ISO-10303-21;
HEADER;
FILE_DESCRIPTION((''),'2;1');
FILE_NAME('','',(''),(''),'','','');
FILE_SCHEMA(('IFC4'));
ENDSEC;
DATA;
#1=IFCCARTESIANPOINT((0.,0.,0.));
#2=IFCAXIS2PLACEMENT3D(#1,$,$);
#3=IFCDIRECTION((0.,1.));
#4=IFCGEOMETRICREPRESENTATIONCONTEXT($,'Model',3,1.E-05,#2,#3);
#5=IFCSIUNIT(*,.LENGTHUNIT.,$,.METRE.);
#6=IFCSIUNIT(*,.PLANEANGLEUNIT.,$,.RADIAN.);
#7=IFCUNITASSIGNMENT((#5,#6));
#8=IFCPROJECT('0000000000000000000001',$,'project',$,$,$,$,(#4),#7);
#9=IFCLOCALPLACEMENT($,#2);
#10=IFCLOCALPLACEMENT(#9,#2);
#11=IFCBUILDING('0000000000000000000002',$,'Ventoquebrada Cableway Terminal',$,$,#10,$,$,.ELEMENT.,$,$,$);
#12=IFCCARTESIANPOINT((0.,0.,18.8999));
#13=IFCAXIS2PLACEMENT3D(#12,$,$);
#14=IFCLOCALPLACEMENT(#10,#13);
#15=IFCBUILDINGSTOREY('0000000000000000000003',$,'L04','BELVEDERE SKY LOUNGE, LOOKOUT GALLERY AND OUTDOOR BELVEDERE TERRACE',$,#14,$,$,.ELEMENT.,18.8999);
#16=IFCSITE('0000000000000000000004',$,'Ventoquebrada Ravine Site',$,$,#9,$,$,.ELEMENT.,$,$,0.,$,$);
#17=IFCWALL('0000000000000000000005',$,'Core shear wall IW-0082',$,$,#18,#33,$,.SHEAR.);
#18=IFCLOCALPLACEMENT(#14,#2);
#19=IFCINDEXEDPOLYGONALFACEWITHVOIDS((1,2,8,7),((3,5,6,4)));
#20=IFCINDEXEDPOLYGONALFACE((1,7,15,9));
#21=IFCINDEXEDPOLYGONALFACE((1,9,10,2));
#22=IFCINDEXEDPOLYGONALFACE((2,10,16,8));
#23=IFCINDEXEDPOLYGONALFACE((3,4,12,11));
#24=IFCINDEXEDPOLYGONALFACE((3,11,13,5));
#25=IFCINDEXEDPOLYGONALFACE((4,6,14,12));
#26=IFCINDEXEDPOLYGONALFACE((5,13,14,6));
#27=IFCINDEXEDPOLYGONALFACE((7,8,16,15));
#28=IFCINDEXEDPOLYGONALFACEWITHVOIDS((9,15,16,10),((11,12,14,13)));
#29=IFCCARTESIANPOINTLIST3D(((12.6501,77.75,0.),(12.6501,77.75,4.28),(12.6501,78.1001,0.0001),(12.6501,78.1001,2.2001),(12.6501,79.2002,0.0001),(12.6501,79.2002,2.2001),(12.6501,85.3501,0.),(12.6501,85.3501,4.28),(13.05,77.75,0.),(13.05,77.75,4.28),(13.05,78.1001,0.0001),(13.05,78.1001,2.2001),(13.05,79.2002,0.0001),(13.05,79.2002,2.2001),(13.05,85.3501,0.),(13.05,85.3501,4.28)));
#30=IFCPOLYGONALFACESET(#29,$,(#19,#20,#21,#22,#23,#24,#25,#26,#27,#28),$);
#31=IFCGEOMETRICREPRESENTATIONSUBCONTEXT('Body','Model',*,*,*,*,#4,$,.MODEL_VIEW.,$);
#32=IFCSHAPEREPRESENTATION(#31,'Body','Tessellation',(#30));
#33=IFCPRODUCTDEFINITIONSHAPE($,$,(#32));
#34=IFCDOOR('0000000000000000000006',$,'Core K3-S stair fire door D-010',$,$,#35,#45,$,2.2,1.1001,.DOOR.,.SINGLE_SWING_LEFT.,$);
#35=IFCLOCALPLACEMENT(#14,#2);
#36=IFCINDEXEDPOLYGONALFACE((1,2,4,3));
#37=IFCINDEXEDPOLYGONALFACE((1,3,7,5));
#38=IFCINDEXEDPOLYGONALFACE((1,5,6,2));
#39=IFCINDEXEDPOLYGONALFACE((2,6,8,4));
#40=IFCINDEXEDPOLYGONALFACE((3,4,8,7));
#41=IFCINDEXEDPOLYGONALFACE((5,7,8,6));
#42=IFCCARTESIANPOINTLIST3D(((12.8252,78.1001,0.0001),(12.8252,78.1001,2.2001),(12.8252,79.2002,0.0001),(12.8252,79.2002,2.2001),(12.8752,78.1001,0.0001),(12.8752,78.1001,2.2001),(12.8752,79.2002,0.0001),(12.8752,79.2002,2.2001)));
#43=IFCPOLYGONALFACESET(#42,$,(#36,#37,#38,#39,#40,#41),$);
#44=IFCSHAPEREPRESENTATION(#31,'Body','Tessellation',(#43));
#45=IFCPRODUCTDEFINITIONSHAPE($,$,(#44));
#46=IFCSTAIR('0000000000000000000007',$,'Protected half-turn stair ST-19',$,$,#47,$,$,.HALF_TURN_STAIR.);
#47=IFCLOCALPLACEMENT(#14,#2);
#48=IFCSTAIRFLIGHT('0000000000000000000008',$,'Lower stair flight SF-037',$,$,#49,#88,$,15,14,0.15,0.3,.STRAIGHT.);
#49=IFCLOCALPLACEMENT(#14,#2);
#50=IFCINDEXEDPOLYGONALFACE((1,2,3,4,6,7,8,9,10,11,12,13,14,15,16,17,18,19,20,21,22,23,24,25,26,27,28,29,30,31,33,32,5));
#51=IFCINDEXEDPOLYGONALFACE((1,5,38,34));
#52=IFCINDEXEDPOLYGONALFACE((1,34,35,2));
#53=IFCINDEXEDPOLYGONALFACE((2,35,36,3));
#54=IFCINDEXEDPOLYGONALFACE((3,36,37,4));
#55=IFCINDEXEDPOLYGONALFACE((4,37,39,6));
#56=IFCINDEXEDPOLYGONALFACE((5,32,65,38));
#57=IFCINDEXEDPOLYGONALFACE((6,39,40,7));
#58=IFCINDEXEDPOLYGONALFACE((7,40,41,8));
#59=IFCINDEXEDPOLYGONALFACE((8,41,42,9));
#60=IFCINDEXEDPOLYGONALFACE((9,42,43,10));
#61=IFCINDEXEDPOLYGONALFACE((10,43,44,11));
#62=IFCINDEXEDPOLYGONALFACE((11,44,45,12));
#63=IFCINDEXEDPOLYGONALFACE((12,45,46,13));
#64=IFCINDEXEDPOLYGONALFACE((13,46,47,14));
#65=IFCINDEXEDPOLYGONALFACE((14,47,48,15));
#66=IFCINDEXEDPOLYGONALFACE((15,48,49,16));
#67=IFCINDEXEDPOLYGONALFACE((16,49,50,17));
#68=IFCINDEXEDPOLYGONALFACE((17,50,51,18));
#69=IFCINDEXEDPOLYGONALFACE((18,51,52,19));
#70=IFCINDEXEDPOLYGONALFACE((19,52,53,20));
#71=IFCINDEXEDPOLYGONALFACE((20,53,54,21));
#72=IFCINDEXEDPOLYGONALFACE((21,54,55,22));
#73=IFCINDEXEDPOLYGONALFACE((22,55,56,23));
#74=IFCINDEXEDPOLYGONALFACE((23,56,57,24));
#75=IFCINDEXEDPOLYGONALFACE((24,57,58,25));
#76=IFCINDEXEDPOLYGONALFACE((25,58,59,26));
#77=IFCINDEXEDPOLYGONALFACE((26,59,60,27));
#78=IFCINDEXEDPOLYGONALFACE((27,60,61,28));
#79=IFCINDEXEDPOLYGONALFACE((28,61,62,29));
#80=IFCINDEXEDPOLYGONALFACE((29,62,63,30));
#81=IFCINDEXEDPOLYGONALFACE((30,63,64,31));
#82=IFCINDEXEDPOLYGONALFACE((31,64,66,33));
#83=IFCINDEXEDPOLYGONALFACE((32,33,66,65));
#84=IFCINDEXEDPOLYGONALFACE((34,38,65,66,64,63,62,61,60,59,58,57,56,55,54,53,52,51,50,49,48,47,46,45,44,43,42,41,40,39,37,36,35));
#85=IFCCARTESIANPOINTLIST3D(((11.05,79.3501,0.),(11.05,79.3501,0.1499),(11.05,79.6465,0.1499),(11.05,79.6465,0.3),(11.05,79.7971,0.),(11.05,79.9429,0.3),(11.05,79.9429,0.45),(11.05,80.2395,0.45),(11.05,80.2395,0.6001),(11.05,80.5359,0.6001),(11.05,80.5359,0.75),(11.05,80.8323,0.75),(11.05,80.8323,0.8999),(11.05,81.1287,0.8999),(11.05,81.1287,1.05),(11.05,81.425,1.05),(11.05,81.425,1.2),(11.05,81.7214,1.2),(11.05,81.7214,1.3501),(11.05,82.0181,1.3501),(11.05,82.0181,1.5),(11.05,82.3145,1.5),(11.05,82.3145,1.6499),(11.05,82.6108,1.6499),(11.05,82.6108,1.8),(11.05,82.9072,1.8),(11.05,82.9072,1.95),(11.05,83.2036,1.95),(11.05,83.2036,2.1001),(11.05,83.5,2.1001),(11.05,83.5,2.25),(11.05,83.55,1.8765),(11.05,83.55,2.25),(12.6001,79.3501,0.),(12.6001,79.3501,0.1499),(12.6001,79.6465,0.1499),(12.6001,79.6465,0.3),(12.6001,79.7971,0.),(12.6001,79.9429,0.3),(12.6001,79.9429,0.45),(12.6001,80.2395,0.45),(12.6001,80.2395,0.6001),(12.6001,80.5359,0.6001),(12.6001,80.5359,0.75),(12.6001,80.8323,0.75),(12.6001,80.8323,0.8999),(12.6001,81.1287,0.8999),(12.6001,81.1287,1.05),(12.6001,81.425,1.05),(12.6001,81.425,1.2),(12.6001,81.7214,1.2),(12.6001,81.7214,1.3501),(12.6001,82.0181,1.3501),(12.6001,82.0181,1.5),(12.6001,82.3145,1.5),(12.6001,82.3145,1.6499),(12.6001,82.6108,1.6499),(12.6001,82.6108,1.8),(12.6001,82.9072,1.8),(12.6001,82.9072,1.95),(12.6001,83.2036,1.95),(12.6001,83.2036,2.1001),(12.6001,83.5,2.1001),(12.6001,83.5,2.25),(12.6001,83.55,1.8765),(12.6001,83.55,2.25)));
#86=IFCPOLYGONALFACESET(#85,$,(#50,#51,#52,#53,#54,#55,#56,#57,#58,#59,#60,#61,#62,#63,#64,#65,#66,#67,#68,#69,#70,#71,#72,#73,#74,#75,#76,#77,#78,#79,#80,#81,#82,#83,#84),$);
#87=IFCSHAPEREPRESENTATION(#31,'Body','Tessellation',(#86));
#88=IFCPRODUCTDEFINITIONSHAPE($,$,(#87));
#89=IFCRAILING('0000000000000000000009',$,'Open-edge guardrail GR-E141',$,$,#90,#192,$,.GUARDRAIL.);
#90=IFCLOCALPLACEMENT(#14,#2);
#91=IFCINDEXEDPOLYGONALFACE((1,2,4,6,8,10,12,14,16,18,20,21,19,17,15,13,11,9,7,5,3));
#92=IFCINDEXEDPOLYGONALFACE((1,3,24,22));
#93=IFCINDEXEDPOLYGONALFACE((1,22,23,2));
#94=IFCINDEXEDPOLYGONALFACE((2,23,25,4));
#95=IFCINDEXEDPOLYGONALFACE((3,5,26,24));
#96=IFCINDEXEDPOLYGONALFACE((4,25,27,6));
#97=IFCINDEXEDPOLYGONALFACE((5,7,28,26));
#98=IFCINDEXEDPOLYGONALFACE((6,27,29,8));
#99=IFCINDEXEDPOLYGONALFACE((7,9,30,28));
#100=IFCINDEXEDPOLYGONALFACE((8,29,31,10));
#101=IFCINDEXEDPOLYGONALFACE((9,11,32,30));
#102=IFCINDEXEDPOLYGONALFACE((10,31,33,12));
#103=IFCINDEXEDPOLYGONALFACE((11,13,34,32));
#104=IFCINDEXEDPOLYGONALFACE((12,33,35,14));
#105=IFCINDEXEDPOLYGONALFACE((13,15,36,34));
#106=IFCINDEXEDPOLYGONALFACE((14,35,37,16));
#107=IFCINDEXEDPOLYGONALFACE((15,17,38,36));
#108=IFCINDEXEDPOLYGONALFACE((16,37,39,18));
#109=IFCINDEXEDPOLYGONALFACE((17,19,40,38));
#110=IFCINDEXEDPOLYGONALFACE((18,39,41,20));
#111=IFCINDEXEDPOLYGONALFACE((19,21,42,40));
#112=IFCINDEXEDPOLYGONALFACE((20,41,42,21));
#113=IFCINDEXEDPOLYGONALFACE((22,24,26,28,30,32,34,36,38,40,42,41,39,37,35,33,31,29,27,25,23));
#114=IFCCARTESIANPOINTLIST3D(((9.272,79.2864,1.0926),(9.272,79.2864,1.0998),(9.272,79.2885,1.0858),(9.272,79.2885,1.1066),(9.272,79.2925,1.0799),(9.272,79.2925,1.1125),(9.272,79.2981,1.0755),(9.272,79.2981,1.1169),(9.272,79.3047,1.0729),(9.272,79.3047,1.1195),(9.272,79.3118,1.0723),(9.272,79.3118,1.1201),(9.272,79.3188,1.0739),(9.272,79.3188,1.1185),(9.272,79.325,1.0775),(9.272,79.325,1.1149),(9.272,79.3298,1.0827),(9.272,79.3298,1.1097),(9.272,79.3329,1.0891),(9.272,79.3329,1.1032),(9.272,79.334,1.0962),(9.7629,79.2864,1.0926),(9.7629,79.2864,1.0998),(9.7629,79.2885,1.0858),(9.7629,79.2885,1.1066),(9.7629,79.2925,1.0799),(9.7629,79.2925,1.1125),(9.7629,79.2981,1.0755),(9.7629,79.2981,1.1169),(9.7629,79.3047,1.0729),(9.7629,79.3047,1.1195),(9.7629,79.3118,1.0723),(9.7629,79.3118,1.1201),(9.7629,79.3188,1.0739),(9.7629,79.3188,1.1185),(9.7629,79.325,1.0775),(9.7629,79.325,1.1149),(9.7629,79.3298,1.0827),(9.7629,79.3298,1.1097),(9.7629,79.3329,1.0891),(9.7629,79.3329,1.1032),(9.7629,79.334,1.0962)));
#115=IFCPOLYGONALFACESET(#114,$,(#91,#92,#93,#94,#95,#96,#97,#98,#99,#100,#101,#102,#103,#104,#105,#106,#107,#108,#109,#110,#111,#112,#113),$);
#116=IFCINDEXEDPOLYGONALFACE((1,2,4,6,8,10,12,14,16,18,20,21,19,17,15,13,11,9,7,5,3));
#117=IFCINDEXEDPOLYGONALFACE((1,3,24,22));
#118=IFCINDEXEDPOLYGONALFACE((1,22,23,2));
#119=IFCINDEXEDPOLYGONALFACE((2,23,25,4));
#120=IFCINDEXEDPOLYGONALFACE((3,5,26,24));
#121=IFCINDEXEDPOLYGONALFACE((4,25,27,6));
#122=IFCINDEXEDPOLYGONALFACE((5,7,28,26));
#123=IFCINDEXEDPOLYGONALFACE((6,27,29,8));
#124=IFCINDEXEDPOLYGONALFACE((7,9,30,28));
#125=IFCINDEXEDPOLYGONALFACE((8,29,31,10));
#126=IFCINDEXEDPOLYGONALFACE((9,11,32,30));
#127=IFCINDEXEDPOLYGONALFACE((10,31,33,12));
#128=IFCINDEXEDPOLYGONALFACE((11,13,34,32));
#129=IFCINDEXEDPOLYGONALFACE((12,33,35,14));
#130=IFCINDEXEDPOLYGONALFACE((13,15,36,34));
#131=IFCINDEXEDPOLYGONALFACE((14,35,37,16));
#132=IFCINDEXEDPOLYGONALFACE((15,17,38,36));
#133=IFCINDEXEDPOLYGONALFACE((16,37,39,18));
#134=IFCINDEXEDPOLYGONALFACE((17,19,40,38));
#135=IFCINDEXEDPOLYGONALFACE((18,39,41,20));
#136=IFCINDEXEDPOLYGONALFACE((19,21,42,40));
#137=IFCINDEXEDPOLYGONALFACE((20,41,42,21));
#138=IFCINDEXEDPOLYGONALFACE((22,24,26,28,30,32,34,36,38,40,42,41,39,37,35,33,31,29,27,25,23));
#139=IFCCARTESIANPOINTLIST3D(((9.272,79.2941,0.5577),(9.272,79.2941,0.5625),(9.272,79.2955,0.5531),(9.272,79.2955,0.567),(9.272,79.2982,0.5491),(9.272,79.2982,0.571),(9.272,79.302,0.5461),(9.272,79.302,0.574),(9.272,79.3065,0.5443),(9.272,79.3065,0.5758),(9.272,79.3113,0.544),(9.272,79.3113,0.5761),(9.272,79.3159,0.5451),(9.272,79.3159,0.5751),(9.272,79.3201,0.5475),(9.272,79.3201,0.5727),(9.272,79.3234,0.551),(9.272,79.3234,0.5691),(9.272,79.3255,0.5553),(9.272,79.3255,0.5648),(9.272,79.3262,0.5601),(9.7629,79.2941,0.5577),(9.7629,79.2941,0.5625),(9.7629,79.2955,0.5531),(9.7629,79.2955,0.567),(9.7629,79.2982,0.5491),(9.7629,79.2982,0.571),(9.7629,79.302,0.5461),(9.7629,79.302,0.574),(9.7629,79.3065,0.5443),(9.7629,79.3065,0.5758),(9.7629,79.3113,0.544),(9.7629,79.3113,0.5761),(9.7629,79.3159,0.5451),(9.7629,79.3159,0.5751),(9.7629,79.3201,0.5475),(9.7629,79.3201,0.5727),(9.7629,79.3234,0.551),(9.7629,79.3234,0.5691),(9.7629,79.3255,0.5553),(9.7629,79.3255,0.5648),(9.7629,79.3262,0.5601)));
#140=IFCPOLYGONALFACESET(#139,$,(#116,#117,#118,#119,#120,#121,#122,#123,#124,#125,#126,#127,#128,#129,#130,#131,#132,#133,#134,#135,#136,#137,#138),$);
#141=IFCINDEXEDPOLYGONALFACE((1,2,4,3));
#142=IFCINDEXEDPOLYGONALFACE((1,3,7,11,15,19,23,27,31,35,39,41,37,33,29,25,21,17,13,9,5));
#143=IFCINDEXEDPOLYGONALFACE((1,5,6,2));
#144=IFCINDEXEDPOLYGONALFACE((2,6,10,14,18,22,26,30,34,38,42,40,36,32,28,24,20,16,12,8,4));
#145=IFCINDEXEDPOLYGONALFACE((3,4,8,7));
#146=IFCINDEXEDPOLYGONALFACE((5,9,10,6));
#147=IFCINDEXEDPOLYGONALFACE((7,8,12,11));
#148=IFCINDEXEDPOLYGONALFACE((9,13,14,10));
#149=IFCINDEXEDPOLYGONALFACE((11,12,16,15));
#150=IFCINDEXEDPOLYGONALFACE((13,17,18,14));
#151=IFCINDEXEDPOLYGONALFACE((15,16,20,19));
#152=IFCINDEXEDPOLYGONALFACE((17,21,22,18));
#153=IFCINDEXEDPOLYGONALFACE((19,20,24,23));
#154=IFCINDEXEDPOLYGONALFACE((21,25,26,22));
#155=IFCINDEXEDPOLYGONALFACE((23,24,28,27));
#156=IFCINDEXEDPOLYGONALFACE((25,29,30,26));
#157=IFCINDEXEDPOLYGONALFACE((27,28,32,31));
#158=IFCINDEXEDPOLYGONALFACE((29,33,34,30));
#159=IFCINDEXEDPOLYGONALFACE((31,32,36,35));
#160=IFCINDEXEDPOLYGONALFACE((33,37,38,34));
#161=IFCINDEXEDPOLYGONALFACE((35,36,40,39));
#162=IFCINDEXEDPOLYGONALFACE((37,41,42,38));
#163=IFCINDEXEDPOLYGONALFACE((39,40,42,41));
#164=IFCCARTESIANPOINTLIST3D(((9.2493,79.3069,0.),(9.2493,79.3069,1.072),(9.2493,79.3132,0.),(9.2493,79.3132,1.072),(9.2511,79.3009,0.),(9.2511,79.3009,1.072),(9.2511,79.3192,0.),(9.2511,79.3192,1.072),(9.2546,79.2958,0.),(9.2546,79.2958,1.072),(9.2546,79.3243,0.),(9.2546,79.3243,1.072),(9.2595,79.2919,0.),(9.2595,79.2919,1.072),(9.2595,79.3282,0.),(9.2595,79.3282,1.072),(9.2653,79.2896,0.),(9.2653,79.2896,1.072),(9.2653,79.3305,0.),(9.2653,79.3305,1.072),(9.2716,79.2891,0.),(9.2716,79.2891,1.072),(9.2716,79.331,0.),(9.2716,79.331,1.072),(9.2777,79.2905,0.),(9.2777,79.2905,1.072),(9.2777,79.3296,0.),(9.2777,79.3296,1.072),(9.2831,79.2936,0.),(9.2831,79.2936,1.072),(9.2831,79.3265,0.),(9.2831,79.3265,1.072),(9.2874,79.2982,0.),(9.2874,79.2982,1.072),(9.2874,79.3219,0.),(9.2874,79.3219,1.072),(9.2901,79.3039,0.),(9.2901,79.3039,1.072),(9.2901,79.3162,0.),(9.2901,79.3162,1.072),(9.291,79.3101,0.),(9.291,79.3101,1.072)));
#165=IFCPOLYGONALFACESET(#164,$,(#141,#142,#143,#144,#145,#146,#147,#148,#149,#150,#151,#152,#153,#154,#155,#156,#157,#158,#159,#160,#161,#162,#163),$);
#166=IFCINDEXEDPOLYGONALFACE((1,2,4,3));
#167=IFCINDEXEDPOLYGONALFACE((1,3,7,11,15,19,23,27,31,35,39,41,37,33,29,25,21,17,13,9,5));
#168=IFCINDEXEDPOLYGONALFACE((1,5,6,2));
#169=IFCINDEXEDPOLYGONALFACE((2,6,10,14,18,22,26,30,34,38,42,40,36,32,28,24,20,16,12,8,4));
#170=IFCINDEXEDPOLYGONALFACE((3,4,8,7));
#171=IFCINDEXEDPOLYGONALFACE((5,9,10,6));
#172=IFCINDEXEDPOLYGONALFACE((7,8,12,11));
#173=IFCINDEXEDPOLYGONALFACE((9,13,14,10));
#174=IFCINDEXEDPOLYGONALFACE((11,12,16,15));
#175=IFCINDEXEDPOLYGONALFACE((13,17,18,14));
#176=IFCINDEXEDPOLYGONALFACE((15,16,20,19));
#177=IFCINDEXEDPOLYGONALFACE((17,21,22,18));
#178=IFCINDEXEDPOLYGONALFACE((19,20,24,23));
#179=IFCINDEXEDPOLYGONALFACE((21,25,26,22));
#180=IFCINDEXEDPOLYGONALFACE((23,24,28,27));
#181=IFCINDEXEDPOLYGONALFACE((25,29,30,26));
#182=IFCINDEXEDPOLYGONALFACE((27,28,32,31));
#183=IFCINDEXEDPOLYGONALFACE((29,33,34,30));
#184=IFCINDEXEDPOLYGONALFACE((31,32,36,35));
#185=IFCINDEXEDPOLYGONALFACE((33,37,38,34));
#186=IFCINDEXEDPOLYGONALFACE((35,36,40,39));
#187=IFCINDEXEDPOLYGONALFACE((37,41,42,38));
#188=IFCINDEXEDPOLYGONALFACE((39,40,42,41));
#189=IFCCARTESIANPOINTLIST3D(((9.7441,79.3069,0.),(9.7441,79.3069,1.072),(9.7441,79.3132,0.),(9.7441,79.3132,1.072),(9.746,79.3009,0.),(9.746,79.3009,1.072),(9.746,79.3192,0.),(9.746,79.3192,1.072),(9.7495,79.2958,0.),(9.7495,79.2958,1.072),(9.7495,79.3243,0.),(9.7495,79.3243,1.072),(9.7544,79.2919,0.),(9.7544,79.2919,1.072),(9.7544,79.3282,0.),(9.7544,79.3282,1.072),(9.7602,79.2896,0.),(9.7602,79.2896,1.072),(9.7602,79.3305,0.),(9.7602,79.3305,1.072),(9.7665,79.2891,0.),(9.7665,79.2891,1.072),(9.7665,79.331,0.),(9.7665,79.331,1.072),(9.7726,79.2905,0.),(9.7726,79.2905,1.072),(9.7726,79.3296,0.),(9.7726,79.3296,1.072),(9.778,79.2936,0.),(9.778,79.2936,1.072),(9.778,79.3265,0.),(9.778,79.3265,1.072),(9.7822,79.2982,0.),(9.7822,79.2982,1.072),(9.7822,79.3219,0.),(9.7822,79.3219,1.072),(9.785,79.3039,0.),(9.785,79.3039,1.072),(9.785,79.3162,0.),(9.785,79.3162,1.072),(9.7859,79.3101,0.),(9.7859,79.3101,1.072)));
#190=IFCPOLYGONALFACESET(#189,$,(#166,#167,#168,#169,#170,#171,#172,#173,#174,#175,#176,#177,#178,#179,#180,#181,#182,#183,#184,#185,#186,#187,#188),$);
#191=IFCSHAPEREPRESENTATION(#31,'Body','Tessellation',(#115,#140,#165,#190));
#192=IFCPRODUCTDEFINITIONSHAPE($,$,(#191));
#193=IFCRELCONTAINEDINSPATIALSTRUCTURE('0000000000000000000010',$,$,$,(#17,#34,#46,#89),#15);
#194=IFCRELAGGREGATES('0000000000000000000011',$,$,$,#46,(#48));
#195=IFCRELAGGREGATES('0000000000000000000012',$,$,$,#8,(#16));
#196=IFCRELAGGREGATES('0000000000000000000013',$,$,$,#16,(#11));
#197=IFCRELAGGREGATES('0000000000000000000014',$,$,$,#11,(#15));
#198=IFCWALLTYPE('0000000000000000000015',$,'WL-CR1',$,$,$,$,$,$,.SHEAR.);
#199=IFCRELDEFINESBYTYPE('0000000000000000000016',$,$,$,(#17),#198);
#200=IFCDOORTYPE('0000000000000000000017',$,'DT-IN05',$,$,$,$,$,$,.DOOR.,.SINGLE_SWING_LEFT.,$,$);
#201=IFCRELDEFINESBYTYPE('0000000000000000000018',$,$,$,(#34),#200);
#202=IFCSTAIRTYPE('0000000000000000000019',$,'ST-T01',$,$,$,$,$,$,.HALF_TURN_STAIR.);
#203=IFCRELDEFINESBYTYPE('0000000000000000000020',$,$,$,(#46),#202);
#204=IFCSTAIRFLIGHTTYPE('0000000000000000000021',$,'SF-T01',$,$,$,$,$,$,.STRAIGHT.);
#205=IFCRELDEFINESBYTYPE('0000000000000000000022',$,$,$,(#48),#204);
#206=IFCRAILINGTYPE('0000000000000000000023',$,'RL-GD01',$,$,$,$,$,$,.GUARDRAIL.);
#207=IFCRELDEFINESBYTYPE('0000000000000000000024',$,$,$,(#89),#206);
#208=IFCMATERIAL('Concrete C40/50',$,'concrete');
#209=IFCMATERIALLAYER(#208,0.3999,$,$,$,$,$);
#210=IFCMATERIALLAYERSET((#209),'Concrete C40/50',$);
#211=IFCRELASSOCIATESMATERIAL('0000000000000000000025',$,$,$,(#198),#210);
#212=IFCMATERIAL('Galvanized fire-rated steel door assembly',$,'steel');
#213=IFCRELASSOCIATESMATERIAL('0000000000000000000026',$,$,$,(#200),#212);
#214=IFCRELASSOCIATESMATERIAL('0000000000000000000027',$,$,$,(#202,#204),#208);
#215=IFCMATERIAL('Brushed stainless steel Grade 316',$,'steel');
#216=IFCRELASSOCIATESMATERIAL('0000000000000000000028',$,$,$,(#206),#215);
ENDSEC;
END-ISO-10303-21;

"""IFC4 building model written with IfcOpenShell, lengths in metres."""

from ifc_helpers import new_model, si_unit, direction, frame, frame_2d, origin, origin_2d, place, context, subcontext, project, spatial, polyline, rectangle, circle, outline, extrude, material, layer, layer_set, type_object, element, fill, aggregate, save


model = new_model("IFC4")

# Units and contexts
model_context = context("Model", 3, precision=1e-05, world=origin(), true_north=direction((0.0, 1.0)))
body_context = subcontext(model_context, "Body", "Model", "MODEL_VIEW")
ifc_project = project(units=[si_unit("LENGTHUNIT", "METRE"), si_unit("PLANEANGLEUNIT", "RADIAN")], contexts=[model_context])

# Site, building, storey
site_placement = place(None, origin())
site = spatial("IfcSite", under=ifc_project, at=site_placement, Name="Ventoquebrada Ravine Site", CompositionType="ELEMENT", RefElevation=0.0)
building_placement = place(site_placement, origin())
building = spatial("IfcBuilding", under=site, at=building_placement, Name="Ventoquebrada Cableway Terminal", CompositionType="ELEMENT")
storey_placement = place(building_placement, frame((0.0, 0.0, 18.8999)))
storey = spatial("IfcBuildingStorey", under=building, at=storey_placement, Name="L04", Description="BELVEDERE SKY LOUNGE, LOOKOUT GALLERY AND OUTDOOR BELVEDERE TERRACE", CompositionType="ELEMENT", Elevation=18.8999)

# Shared definitions
ifc_material_1 = material(Name="Concrete C40/50", Category="concrete")

# Shared definitions
ifc_layer_1 = layer(ifc_material_1, 0.3999)
ifc_layer_set_1 = layer_set([ifc_layer_1], Name="Concrete C40/50")
wall_type = type_object("IfcWallType", Name="WL-CR1", PredefinedType="SHEAR", material=ifc_layer_set_1)

# Wall, opening, door
wall_1_placement = place(storey_placement, frame((12.8501, 77.75, 0.0), z_axis=(0.0, 0.0, 1.0), x_axis=(0.0, 1.0, 0.0)))
wall_1 = element("IfcWall", 1, at=wall_1_placement, inside=storey, type_object=wall_type, Name="Core shear wall IW-0082", PredefinedType="SHEAR", context=body_context, shape_type="SweptSolid", body=[
    extrude(rectangle(XDim=7.6001, YDim=0.3999, at=frame_2d((3.8, 0.0))), origin(), (0.0, 0.0, 1.0), 4.28),
])
opening_placement = place(wall_1_placement, frame((0.3501, 0.0, 0.0)))
opening = element("IfcOpeningElement", 2, at=opening_placement, cuts=wall_1, PredefinedType="OPENING", context=body_context, shape_type="SweptSolid", body=[
    extrude(rectangle(XDim=1.1001, YDim=2.2, at=frame_2d((0.55, 1.1001))), frame((0.0, 0.21, 0.0), z_axis=(0.0, -1.0, 0.0), x_axis=(1.0, 0.0, 0.0)), (0.0, 0.0, 1.0), 0.4199),
])
ifc_material_2 = material(Name="Galvanized fire-rated steel door assembly", Category="steel")
door_type = type_object("IfcDoorType", Name="DT-IN05", OperationType="SINGLE_SWING_LEFT", PredefinedType="DOOR", material=ifc_material_2)
door_placement = place(opening_placement, origin())
door = element("IfcDoor", 3, at=door_placement, inside=storey, type_object=door_type, Name="Core K3-S stair fire door D-010", OperationType="SINGLE_SWING_LEFT", OverallHeight=2.2, OverallWidth=1.1001, PredefinedType="DOOR", context=body_context, shape_type="SweptSolid", body=[
    extrude(rectangle(XDim=1.1001, YDim=2.2, at=frame_2d((0.55, 1.1001))), frame((0.0, 0.0249, 0.0), z_axis=(0.0, -1.0, 0.0), x_axis=(1.0, 0.0, 0.0)), (0.0, 0.0, 1.0), 0.05),
])
fill(opening, door)

# Stair, stair flight
stair_type = type_object("IfcStairType", Name="ST-T01", PredefinedType="HALF_TURN_STAIR", material=ifc_material_1)
stair_placement = place(storey_placement, origin())
stair = element("IfcStair", 4, at=stair_placement, inside=storey, type_object=stair_type, Name="Protected half-turn stair ST-19", PredefinedType="HALF_TURN_STAIR")
stair_flight_type = type_object("IfcStairFlightType", Name="SF-T01", PredefinedType="STRAIGHT", material=ifc_material_1)
stair_flight_placement = place(storey_placement, frame((11.825, 79.3501, 0.0), z_axis=(0.0, 0.0, 1.0), x_axis=(0.0, 1.0, 0.0)))
stair_flight = element("IfcStairFlight", 5, at=stair_flight_placement, type_object=stair_flight_type, Name="Lower stair flight SF-037", NumberOfRisers=15, NumberOfTreads=14, PredefinedType="STRAIGHT", RiserHeight=0.15, TreadLength=0.3, context=body_context, shape_type="SweptSolid", body=[
    extrude(outline(polyline([(0.0, 0.0), (0.0, 0.1499), (0.2964, 0.1499), (0.2964, 0.3), (0.5928, 0.3), (0.5928, 0.45), (0.8894, 0.45), (0.8894, 0.6001), (1.1858, 0.6001), (1.1858, 0.75), (1.4822, 0.75), (1.4822, 0.8999), (1.7786, 0.8999), (1.7786, 1.05), (2.075, 1.05), (2.075, 1.2), (2.3713, 1.2), (2.3713, 1.3501), (2.668, 1.3501), (2.668, 1.5), (2.9644, 1.5), (2.9644, 1.6499), (3.2607, 1.6499), (3.2607, 1.8), (3.5571, 1.8), (3.5571, 1.95), (3.8535, 1.95), (3.8535, 2.1001), (4.1499, 2.1001), (4.1499, 2.25), (4.2, 2.25), (4.2, 1.8765), (0.447, 0.0), (0.0, 0.0)])), frame((0.0, 0.7749, 0.0), z_axis=(0.0, -1.0, 0.0), x_axis=(1.0, 0.0, 0.0)), (0.0, 0.0, 1.0), 1.55),
])
aggregate(stair, [stair_flight])

# Railing
ifc_material_3 = material(Name="Brushed stainless steel Grade 316", Category="steel")
railing_type_1 = type_object("IfcRailingType", Name="RL-GD01", PredefinedType="GUARDRAIL", material=ifc_material_3)
railing_1_placement = place(storey_placement, frame((9.27, 79.3101, 0.0)))
element("IfcRailing", 6, at=railing_1_placement, inside=storey, type_object=railing_type_1, Name="Open-edge guardrail GR-E141", PredefinedType="GUARDRAIL", context=body_context, shape_type="SweptSolid", body=[
    extrude(circle(Radius=0.0239, at=origin_2d()), frame((0.002, 0.0, 1.0962), z_axis=(1.0, 0.0, 0.0), x_axis=(0.0, 1.0, 0.0)), (0.0, 0.0, 1.0), 0.491),
    extrude(circle(Radius=0.0161, at=origin_2d()), frame((0.002, 0.0, 0.5601), z_axis=(1.0, 0.0, 0.0), x_axis=(0.0, 1.0, 0.0)), (0.0, 0.0, 1.0), 0.491),
    extrude(circle(Radius=0.021, at=origin_2d()), origin(), (0.0, 0.0, 1.0), 1.072),
    extrude(circle(Radius=0.021, at=origin_2d()), frame((0.4949, 0.0, 0.0)), (0.0, 0.0, 1.0), 1.072),
])

save(model, "model.ifc")
